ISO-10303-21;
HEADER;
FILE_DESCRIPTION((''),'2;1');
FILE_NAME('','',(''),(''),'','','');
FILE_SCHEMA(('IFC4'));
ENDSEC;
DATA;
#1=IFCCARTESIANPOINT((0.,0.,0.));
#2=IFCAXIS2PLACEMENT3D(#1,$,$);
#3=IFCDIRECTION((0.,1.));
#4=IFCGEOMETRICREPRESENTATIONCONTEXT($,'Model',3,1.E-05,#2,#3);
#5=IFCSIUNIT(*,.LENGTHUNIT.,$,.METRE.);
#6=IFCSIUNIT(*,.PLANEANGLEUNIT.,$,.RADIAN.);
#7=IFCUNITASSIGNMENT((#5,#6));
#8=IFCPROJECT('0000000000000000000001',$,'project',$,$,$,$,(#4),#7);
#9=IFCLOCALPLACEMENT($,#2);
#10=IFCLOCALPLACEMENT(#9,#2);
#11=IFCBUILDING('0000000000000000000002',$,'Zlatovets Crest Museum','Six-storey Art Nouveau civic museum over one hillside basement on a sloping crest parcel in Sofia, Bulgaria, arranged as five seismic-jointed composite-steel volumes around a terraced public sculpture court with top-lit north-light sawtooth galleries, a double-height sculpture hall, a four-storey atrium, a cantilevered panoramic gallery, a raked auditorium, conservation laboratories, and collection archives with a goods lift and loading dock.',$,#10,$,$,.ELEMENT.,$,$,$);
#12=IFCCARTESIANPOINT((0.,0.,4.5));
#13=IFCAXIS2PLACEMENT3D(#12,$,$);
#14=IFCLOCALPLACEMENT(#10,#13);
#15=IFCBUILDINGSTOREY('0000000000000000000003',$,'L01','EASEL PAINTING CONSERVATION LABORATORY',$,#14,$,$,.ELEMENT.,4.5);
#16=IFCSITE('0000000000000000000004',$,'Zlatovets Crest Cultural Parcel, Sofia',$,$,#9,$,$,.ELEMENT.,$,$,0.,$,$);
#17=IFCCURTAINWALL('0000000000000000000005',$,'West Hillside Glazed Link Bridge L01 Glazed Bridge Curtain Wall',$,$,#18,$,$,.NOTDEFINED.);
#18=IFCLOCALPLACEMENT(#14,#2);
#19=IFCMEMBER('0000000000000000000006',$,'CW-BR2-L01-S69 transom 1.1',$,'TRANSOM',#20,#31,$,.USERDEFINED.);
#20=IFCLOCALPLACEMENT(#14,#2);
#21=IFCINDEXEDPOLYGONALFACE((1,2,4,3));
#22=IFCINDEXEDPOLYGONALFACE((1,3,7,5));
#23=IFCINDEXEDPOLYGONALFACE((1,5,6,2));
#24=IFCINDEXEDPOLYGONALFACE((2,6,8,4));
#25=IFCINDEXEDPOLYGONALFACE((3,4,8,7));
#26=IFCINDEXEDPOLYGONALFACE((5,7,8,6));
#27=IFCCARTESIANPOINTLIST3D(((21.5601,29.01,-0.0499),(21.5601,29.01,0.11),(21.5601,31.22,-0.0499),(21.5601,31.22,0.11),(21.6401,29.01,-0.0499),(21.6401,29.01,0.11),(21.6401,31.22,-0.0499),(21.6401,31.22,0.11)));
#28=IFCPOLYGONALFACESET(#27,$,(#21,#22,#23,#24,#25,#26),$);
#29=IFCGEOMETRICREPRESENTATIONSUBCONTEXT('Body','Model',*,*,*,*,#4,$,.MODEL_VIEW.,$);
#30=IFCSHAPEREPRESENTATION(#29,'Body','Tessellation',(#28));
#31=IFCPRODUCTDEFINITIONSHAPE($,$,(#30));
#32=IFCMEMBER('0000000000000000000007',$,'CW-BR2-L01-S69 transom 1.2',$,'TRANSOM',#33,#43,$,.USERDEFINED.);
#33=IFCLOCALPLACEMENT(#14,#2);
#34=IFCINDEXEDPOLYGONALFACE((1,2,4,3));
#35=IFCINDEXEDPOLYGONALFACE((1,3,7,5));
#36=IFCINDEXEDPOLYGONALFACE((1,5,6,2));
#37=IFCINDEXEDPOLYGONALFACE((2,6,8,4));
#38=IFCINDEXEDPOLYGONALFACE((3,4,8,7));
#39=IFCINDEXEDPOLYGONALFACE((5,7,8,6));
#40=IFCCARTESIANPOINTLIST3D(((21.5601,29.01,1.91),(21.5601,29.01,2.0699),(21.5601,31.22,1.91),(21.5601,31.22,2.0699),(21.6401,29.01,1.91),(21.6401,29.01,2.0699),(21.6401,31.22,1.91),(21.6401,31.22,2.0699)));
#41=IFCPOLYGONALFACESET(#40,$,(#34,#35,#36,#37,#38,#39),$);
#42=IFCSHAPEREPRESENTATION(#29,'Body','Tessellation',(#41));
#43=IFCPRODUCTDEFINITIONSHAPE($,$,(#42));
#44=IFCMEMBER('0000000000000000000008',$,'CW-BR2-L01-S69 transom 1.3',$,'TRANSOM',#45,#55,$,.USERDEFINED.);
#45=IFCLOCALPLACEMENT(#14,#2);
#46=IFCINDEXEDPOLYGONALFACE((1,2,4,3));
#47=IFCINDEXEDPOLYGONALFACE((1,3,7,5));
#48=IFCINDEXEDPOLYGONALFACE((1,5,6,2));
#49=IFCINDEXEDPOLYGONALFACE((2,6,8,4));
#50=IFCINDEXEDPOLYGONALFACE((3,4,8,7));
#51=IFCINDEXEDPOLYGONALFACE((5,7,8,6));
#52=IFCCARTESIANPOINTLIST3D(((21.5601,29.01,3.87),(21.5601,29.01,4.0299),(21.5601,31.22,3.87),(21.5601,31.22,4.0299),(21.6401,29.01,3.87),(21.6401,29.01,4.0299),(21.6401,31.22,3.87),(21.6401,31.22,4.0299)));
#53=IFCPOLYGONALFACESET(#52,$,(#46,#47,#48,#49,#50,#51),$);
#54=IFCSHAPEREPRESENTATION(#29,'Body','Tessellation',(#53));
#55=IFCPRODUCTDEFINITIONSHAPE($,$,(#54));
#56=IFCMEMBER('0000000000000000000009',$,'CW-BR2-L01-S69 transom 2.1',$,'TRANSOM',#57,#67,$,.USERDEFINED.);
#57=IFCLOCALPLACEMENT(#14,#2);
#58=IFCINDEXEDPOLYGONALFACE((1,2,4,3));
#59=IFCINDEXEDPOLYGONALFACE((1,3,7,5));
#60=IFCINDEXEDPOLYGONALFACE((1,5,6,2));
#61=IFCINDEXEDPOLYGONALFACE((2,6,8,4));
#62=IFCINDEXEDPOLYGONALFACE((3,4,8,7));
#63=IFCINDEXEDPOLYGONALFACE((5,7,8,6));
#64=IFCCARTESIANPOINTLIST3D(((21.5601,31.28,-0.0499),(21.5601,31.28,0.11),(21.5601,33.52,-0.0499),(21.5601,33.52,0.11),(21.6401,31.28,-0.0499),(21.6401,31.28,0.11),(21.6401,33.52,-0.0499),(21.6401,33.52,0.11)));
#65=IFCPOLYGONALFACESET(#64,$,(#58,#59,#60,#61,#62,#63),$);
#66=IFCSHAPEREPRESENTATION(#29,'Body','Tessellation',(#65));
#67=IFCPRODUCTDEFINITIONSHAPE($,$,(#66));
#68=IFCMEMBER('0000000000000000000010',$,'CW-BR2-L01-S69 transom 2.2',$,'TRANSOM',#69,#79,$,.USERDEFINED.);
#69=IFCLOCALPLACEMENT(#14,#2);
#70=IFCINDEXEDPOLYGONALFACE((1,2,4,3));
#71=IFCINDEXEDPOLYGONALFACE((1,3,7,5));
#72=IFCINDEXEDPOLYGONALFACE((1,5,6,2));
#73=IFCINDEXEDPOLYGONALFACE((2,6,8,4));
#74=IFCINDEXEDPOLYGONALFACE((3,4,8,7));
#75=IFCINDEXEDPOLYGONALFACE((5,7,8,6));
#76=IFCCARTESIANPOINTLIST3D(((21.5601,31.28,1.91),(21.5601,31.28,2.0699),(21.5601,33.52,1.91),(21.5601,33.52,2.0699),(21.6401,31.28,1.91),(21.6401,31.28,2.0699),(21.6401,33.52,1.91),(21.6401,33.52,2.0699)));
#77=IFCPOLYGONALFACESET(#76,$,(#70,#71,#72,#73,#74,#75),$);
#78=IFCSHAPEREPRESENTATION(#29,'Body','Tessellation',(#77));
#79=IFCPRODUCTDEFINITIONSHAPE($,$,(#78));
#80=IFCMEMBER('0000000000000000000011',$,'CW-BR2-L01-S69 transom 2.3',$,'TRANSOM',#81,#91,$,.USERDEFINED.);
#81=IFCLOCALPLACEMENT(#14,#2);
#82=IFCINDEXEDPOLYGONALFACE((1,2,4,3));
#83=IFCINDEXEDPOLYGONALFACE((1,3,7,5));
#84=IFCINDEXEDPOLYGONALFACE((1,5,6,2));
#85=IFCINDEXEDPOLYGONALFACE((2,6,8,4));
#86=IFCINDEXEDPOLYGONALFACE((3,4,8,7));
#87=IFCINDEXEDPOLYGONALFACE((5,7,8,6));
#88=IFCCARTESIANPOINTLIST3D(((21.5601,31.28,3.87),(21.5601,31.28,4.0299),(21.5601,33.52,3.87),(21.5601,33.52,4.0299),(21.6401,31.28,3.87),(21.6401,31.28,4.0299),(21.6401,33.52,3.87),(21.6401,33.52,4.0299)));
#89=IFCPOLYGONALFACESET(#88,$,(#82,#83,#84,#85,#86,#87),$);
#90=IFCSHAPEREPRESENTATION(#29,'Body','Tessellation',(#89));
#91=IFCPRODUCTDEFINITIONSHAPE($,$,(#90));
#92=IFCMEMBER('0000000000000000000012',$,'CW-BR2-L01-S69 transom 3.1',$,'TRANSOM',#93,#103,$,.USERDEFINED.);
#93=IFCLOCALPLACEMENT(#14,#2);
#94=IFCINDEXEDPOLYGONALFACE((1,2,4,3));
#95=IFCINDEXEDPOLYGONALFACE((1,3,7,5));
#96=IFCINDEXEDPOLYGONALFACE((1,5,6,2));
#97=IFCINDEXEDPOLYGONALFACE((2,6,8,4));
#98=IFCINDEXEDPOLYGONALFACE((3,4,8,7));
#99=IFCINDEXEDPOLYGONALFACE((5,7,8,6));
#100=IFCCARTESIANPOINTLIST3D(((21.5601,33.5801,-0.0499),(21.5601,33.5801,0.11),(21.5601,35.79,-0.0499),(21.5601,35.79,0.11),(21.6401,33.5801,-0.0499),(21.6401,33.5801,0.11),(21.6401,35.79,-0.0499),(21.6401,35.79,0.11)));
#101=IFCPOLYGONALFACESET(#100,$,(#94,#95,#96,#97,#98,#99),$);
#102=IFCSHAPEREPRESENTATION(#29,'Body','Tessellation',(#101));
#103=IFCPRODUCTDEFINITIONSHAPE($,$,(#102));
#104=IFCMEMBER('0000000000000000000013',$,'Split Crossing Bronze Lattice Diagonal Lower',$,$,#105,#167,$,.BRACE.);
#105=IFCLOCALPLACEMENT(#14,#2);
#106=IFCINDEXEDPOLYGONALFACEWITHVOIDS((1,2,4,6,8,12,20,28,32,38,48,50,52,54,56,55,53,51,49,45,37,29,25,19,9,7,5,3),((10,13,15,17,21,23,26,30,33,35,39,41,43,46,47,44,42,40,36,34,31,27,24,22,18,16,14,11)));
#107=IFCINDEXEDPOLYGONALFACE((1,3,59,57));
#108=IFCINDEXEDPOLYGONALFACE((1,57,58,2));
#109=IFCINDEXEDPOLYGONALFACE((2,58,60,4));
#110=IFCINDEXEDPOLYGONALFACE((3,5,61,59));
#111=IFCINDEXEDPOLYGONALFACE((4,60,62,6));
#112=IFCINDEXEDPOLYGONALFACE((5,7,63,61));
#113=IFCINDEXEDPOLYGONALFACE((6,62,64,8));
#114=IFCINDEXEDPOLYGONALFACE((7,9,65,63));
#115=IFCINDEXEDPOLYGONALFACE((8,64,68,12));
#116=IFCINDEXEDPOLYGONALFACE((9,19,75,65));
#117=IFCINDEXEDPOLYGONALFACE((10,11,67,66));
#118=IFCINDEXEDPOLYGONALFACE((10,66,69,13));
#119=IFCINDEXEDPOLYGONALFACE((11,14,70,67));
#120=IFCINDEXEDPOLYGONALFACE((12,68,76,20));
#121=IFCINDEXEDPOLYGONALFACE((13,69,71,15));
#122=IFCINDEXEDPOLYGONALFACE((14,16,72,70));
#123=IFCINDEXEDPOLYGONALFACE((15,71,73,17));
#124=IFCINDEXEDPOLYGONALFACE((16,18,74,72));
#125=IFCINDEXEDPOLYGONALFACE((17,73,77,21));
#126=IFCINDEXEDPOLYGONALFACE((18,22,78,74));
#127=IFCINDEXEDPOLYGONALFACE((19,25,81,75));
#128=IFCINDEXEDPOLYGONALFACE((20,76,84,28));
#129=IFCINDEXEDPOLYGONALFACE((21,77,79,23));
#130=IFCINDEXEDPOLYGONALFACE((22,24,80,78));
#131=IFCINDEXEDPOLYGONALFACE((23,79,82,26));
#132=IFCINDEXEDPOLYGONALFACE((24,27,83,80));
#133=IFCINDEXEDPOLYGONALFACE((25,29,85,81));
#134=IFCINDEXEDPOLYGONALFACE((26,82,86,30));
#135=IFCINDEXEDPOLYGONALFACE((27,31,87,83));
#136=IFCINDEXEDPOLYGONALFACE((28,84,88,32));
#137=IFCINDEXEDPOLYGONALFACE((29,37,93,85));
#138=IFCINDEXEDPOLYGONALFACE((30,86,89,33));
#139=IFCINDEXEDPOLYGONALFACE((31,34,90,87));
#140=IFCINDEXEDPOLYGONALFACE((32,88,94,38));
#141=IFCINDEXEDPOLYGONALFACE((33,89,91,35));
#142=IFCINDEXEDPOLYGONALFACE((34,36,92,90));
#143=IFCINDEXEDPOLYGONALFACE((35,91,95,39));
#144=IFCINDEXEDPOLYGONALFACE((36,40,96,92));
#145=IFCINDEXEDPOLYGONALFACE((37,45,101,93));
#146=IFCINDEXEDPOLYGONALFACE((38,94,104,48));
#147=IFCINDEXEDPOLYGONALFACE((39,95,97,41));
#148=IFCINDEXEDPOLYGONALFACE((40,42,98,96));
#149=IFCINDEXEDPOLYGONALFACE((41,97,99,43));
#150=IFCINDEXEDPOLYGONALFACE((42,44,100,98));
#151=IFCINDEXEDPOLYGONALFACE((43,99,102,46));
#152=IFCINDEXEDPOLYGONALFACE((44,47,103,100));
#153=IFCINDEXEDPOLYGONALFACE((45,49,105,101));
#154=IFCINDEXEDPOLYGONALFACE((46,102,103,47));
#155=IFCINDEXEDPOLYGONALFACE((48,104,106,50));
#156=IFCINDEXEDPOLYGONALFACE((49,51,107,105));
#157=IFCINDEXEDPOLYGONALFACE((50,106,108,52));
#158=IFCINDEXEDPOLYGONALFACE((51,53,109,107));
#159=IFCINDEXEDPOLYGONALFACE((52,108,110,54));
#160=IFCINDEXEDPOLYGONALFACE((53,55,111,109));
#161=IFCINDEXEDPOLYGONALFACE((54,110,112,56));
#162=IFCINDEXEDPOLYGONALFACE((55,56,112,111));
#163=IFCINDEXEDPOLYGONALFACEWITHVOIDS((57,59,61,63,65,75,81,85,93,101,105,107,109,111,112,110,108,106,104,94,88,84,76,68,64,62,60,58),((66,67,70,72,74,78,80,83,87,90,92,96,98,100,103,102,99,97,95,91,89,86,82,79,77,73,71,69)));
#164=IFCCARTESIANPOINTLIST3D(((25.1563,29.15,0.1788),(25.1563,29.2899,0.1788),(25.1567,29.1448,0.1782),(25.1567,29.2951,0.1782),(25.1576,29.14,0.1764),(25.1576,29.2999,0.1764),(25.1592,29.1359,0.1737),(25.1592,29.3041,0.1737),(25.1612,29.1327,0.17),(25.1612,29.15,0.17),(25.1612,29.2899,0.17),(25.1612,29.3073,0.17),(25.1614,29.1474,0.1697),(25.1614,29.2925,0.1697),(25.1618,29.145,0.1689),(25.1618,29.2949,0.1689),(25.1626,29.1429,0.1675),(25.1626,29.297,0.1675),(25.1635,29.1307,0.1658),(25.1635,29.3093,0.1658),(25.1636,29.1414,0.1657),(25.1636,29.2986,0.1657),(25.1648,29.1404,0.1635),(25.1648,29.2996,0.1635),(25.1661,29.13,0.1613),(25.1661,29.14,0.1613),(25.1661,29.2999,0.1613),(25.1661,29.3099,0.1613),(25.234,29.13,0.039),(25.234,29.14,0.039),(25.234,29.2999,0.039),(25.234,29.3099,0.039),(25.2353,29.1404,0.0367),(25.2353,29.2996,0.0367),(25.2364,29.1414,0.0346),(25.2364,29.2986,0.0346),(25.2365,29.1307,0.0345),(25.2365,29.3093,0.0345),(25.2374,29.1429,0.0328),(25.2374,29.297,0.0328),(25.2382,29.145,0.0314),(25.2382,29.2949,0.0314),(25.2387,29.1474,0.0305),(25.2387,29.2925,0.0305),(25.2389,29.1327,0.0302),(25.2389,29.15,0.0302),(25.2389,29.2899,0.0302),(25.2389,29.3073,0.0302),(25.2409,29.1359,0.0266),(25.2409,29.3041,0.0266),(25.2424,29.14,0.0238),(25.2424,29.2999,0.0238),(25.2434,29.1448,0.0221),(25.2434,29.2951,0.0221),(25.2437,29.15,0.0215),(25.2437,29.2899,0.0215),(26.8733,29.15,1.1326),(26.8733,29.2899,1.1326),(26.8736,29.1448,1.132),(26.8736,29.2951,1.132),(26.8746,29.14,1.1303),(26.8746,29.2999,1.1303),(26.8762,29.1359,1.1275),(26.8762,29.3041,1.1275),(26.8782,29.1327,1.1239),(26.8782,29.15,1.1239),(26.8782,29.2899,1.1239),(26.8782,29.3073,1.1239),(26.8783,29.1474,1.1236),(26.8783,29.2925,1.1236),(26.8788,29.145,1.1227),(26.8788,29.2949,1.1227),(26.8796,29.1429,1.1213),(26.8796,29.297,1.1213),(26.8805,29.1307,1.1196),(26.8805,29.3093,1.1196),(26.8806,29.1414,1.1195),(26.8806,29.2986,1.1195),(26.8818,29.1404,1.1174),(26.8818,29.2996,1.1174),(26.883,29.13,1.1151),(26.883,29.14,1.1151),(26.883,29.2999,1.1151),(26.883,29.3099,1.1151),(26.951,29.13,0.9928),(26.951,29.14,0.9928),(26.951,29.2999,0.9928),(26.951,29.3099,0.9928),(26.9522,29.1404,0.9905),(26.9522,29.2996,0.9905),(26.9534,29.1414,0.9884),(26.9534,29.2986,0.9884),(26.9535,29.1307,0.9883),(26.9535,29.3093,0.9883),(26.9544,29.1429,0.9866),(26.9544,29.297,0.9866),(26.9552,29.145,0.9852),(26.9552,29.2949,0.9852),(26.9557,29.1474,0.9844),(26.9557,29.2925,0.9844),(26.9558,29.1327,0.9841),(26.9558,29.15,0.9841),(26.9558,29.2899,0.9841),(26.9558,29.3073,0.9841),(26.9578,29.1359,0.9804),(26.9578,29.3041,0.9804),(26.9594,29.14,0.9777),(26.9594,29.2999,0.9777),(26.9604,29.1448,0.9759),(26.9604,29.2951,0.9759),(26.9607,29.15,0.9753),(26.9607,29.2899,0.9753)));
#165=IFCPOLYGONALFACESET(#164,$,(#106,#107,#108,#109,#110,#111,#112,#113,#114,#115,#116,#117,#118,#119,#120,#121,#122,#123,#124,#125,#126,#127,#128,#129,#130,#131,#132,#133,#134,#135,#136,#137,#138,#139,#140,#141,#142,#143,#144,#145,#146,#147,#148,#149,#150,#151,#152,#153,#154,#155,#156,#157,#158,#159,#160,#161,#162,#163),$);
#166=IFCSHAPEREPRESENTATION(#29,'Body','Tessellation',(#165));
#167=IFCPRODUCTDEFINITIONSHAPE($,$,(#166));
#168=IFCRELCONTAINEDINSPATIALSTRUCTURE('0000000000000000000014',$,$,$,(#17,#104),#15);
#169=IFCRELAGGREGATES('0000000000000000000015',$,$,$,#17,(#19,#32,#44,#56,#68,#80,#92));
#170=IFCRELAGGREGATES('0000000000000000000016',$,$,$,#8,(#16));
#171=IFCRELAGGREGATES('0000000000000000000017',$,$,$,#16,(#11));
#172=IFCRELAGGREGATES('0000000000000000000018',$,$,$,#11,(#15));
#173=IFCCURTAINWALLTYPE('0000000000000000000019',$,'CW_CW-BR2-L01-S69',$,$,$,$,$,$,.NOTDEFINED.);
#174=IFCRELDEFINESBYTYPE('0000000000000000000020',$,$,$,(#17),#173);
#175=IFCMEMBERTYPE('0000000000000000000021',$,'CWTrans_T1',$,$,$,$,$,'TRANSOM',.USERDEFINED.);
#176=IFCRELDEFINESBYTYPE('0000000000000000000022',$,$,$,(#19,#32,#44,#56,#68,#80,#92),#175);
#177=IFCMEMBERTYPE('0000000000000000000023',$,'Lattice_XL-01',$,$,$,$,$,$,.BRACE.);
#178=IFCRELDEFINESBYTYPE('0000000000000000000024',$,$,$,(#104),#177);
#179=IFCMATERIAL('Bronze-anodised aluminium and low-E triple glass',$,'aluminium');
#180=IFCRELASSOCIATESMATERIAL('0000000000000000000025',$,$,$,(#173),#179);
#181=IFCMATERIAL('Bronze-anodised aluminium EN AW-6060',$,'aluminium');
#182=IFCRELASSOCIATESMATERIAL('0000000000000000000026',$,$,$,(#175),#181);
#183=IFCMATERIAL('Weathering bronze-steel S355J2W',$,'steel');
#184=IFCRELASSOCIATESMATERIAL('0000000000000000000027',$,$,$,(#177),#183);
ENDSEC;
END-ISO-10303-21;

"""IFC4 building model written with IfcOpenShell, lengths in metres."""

from ifc_helpers import new_model, si_unit, direction, frame, origin, origin_2d, place, context, subcontext, project, spatial, rectangle, hollow_rectangle, extrude, material, material_profile, profile_set, type_object, element, aggregate, save


model = new_model("IFC4")

# Units and contexts
model_context = context("Model", 3, precision=1e-05, world=origin(), true_north=direction((0.0, 1.0)))
body_context = subcontext(model_context, "Body", "Model", "MODEL_VIEW")
ifc_project = project(units=[si_unit("LENGTHUNIT", "METRE"), si_unit("PLANEANGLEUNIT", "RADIAN")], contexts=[model_context])

# Site, building, storey
site_placement = place(None, origin())
site = spatial("IfcSite", under=ifc_project, at=site_placement, Name="Zlatovets Crest Cultural Parcel, Sofia", CompositionType="ELEMENT", RefElevation=0.0)
building_placement = place(site_placement, origin())
building = spatial("IfcBuilding", under=site, at=building_placement, Name="Zlatovets Crest Museum", Description="Six-storey Art Nouveau civic museum over one hillside basement on a sloping crest parcel in Sofia, Bulgaria, arranged as five seismic-jointed composite-steel volumes around a terraced public sculpture court with top-lit north-light sawtooth galleries, a double-height sculpture hall, a four-storey atrium, a cantilevered panoramic gallery, a raked auditorium, conservation laboratories, and collection archives with a goods lift and loading dock.", CompositionType="ELEMENT")
storey_placement = place(building_placement, frame((0.0, 0.0, 4.5)))
storey = spatial("IfcBuildingStorey", under=building, at=storey_placement, Name="L01", Description="EASEL PAINTING CONSERVATION LABORATORY", CompositionType="ELEMENT", Elevation=4.5)

# Curtain wall, members
ifc_material_1 = material(Name="Bronze-anodised aluminium and low-E triple glass", Category="aluminium")
curtain_wall_type = type_object("IfcCurtainWallType", Name="CW_CW-BR2-L01-S69", PredefinedType="NOTDEFINED", material=ifc_material_1)
curtain_wall_placement = place(storey_placement, origin())
curtain_wall = element("IfcCurtainWall", 1, at=curtain_wall_placement, inside=storey, type_object=curtain_wall_type, Name="West Hillside Glazed Link Bridge L01 Glazed Bridge Curtain Wall", PredefinedType="NOTDEFINED")
ifc_material_2 = material(Name="Bronze-anodised aluminium EN AW-6060", Category="aluminium")
ifc_material_profile_1 = material_profile(ifc_material_2, rectangle(XDim=0.0801, YDim=0.1599, at=origin_2d()), Name="ALU 80x160")
ifc_profile_set_1 = profile_set([ifc_material_profile_1], Name="Bronze-anodised aluminium EN AW-6060")
member_type_1 = type_object("IfcMemberType", Name="CWTrans_T1", ElementType="TRANSOM", PredefinedType="USERDEFINED", material=ifc_profile_set_1)
member_1_placement = place(storey_placement, frame((21.6001, 29.01, 0.03), z_axis=(0.0, 1.0, 0.0), x_axis=(-1.0, 0.0, 0.0)))
member_1 = element("IfcMember", 2, at=member_1_placement, type_object=member_type_1, Name="CW-BR2-L01-S69 transom 1.1", ObjectType="TRANSOM", PredefinedType="USERDEFINED", context=body_context, shape_type="SweptSolid", body=[
    extrude(rectangle(XDim=0.0801, YDim=0.1599, at=origin_2d()), origin(), (0.0, 0.0, 1.0), 2.21),
])
member_2_placement = place(storey_placement, frame((21.6001, 29.01, 1.99), z_axis=(0.0, 1.0, 0.0), x_axis=(-1.0, 0.0, 0.0)))
member_2 = element("IfcMember", 3, at=member_2_placement, type_object=member_type_1, Name="CW-BR2-L01-S69 transom 1.2", ObjectType="TRANSOM", PredefinedType="USERDEFINED", context=body_context, shape_type="SweptSolid", body=[
    extrude(rectangle(XDim=0.0801, YDim=0.1599, at=origin_2d()), origin(), (0.0, 0.0, 1.0), 2.21),
])
member_3_placement = place(storey_placement, frame((21.6001, 29.01, 3.95), z_axis=(0.0, 1.0, 0.0), x_axis=(-1.0, 0.0, 0.0)))
member_3 = element("IfcMember", 4, at=member_3_placement, type_object=member_type_1, Name="CW-BR2-L01-S69 transom 1.3", ObjectType="TRANSOM", PredefinedType="USERDEFINED", context=body_context, shape_type="SweptSolid", body=[
    extrude(rectangle(XDim=0.0801, YDim=0.1599, at=origin_2d()), origin(), (0.0, 0.0, 1.0), 2.21),
])
member_4_placement = place(storey_placement, frame((21.6001, 31.28, 0.03), z_axis=(0.0, 1.0, 0.0), x_axis=(-1.0, 0.0, 0.0)))
member_4 = element("IfcMember", 5, at=member_4_placement, type_object=member_type_1, Name="CW-BR2-L01-S69 transom 2.1", ObjectType="TRANSOM", PredefinedType="USERDEFINED", context=body_context, shape_type="SweptSolid", body=[
    extrude(rectangle(XDim=0.0801, YDim=0.1599, at=origin_2d()), origin(), (0.0, 0.0, 1.0), 2.24),
])
member_5_placement = place(storey_placement, frame((21.6001, 31.28, 1.99), z_axis=(0.0, 1.0, 0.0), x_axis=(-1.0, 0.0, 0.0)))
member_5 = element("IfcMember", 6, at=member_5_placement, type_object=member_type_1, Name="CW-BR2-L01-S69 transom 2.2", ObjectType="TRANSOM", PredefinedType="USERDEFINED", context=body_context, shape_type="SweptSolid", body=[
    extrude(rectangle(XDim=0.0801, YDim=0.1599, at=origin_2d()), origin(), (0.0, 0.0, 1.0), 2.24),
])
member_6_placement = place(storey_placement, frame((21.6001, 31.28, 3.95), z_axis=(0.0, 1.0, 0.0), x_axis=(-1.0, 0.0, 0.0)))
member_6 = element("IfcMember", 7, at=member_6_placement, type_object=member_type_1, Name="CW-BR2-L01-S69 transom 2.3", ObjectType="TRANSOM", PredefinedType="USERDEFINED", context=body_context, shape_type="SweptSolid", body=[
    extrude(rectangle(XDim=0.0801, YDim=0.1599, at=origin_2d()), origin(), (0.0, 0.0, 1.0), 2.24),
])
member_7_placement = place(storey_placement, frame((21.6001, 33.5801, 0.03), z_axis=(0.0, 1.0, 0.0), x_axis=(-1.0, 0.0, 0.0)))
member_7 = element("IfcMember", 8, at=member_7_placement, type_object=member_type_1, Name="CW-BR2-L01-S69 transom 3.1", ObjectType="TRANSOM", PredefinedType="USERDEFINED", context=body_context, shape_type="SweptSolid", body=[
    extrude(rectangle(XDim=0.0801, YDim=0.1599, at=origin_2d()), origin(), (0.0, 0.0, 1.0), 2.21),
])

# Member
ifc_material_3 = material(Name="Weathering bronze-steel S355J2W", Category="steel")
ifc_material_profile_2 = material_profile(ifc_material_3, hollow_rectangle(XDim=0.1799, YDim=0.1799, WallThickness=0.01, InnerFilletRadius=0.01, OuterFilletRadius=0.02, at=origin_2d()), Name="SHS 180x180x10.0")
ifc_profile_set_2 = profile_set([ifc_material_profile_2], Name="Weathering bronze-steel S355J2W")
member_type_2 = type_object("IfcMemberType", Name="Lattice_XL-01", PredefinedType="BRACE", material=ifc_profile_set_2)
member_8_placement = place(storey_placement, frame((26.917, 29.22, 1.054), z_axis=(-0.874169, 0.0, -0.485622), x_axis=(0.0, -1.0, 0.0)))
element("IfcMember", 9, at=member_8_placement, inside=storey, type_object=member_type_2, Name="Split Crossing Bronze Lattice Diagonal Lower", PredefinedType="BRACE", context=body_context, shape_type="SweptSolid", body=[
    extrude(hollow_rectangle(XDim=0.1799, YDim=0.1799, WallThickness=0.01, InnerFilletRadius=0.01, OuterFilletRadius=0.02, at=origin_2d()), origin(), (0.0, 0.0, 1.0), 1.9641),
])

aggregate(curtain_wall, [member_1, member_2, member_3, member_4, member_5, member_6, member_7])

save(model, "model.ifc")
